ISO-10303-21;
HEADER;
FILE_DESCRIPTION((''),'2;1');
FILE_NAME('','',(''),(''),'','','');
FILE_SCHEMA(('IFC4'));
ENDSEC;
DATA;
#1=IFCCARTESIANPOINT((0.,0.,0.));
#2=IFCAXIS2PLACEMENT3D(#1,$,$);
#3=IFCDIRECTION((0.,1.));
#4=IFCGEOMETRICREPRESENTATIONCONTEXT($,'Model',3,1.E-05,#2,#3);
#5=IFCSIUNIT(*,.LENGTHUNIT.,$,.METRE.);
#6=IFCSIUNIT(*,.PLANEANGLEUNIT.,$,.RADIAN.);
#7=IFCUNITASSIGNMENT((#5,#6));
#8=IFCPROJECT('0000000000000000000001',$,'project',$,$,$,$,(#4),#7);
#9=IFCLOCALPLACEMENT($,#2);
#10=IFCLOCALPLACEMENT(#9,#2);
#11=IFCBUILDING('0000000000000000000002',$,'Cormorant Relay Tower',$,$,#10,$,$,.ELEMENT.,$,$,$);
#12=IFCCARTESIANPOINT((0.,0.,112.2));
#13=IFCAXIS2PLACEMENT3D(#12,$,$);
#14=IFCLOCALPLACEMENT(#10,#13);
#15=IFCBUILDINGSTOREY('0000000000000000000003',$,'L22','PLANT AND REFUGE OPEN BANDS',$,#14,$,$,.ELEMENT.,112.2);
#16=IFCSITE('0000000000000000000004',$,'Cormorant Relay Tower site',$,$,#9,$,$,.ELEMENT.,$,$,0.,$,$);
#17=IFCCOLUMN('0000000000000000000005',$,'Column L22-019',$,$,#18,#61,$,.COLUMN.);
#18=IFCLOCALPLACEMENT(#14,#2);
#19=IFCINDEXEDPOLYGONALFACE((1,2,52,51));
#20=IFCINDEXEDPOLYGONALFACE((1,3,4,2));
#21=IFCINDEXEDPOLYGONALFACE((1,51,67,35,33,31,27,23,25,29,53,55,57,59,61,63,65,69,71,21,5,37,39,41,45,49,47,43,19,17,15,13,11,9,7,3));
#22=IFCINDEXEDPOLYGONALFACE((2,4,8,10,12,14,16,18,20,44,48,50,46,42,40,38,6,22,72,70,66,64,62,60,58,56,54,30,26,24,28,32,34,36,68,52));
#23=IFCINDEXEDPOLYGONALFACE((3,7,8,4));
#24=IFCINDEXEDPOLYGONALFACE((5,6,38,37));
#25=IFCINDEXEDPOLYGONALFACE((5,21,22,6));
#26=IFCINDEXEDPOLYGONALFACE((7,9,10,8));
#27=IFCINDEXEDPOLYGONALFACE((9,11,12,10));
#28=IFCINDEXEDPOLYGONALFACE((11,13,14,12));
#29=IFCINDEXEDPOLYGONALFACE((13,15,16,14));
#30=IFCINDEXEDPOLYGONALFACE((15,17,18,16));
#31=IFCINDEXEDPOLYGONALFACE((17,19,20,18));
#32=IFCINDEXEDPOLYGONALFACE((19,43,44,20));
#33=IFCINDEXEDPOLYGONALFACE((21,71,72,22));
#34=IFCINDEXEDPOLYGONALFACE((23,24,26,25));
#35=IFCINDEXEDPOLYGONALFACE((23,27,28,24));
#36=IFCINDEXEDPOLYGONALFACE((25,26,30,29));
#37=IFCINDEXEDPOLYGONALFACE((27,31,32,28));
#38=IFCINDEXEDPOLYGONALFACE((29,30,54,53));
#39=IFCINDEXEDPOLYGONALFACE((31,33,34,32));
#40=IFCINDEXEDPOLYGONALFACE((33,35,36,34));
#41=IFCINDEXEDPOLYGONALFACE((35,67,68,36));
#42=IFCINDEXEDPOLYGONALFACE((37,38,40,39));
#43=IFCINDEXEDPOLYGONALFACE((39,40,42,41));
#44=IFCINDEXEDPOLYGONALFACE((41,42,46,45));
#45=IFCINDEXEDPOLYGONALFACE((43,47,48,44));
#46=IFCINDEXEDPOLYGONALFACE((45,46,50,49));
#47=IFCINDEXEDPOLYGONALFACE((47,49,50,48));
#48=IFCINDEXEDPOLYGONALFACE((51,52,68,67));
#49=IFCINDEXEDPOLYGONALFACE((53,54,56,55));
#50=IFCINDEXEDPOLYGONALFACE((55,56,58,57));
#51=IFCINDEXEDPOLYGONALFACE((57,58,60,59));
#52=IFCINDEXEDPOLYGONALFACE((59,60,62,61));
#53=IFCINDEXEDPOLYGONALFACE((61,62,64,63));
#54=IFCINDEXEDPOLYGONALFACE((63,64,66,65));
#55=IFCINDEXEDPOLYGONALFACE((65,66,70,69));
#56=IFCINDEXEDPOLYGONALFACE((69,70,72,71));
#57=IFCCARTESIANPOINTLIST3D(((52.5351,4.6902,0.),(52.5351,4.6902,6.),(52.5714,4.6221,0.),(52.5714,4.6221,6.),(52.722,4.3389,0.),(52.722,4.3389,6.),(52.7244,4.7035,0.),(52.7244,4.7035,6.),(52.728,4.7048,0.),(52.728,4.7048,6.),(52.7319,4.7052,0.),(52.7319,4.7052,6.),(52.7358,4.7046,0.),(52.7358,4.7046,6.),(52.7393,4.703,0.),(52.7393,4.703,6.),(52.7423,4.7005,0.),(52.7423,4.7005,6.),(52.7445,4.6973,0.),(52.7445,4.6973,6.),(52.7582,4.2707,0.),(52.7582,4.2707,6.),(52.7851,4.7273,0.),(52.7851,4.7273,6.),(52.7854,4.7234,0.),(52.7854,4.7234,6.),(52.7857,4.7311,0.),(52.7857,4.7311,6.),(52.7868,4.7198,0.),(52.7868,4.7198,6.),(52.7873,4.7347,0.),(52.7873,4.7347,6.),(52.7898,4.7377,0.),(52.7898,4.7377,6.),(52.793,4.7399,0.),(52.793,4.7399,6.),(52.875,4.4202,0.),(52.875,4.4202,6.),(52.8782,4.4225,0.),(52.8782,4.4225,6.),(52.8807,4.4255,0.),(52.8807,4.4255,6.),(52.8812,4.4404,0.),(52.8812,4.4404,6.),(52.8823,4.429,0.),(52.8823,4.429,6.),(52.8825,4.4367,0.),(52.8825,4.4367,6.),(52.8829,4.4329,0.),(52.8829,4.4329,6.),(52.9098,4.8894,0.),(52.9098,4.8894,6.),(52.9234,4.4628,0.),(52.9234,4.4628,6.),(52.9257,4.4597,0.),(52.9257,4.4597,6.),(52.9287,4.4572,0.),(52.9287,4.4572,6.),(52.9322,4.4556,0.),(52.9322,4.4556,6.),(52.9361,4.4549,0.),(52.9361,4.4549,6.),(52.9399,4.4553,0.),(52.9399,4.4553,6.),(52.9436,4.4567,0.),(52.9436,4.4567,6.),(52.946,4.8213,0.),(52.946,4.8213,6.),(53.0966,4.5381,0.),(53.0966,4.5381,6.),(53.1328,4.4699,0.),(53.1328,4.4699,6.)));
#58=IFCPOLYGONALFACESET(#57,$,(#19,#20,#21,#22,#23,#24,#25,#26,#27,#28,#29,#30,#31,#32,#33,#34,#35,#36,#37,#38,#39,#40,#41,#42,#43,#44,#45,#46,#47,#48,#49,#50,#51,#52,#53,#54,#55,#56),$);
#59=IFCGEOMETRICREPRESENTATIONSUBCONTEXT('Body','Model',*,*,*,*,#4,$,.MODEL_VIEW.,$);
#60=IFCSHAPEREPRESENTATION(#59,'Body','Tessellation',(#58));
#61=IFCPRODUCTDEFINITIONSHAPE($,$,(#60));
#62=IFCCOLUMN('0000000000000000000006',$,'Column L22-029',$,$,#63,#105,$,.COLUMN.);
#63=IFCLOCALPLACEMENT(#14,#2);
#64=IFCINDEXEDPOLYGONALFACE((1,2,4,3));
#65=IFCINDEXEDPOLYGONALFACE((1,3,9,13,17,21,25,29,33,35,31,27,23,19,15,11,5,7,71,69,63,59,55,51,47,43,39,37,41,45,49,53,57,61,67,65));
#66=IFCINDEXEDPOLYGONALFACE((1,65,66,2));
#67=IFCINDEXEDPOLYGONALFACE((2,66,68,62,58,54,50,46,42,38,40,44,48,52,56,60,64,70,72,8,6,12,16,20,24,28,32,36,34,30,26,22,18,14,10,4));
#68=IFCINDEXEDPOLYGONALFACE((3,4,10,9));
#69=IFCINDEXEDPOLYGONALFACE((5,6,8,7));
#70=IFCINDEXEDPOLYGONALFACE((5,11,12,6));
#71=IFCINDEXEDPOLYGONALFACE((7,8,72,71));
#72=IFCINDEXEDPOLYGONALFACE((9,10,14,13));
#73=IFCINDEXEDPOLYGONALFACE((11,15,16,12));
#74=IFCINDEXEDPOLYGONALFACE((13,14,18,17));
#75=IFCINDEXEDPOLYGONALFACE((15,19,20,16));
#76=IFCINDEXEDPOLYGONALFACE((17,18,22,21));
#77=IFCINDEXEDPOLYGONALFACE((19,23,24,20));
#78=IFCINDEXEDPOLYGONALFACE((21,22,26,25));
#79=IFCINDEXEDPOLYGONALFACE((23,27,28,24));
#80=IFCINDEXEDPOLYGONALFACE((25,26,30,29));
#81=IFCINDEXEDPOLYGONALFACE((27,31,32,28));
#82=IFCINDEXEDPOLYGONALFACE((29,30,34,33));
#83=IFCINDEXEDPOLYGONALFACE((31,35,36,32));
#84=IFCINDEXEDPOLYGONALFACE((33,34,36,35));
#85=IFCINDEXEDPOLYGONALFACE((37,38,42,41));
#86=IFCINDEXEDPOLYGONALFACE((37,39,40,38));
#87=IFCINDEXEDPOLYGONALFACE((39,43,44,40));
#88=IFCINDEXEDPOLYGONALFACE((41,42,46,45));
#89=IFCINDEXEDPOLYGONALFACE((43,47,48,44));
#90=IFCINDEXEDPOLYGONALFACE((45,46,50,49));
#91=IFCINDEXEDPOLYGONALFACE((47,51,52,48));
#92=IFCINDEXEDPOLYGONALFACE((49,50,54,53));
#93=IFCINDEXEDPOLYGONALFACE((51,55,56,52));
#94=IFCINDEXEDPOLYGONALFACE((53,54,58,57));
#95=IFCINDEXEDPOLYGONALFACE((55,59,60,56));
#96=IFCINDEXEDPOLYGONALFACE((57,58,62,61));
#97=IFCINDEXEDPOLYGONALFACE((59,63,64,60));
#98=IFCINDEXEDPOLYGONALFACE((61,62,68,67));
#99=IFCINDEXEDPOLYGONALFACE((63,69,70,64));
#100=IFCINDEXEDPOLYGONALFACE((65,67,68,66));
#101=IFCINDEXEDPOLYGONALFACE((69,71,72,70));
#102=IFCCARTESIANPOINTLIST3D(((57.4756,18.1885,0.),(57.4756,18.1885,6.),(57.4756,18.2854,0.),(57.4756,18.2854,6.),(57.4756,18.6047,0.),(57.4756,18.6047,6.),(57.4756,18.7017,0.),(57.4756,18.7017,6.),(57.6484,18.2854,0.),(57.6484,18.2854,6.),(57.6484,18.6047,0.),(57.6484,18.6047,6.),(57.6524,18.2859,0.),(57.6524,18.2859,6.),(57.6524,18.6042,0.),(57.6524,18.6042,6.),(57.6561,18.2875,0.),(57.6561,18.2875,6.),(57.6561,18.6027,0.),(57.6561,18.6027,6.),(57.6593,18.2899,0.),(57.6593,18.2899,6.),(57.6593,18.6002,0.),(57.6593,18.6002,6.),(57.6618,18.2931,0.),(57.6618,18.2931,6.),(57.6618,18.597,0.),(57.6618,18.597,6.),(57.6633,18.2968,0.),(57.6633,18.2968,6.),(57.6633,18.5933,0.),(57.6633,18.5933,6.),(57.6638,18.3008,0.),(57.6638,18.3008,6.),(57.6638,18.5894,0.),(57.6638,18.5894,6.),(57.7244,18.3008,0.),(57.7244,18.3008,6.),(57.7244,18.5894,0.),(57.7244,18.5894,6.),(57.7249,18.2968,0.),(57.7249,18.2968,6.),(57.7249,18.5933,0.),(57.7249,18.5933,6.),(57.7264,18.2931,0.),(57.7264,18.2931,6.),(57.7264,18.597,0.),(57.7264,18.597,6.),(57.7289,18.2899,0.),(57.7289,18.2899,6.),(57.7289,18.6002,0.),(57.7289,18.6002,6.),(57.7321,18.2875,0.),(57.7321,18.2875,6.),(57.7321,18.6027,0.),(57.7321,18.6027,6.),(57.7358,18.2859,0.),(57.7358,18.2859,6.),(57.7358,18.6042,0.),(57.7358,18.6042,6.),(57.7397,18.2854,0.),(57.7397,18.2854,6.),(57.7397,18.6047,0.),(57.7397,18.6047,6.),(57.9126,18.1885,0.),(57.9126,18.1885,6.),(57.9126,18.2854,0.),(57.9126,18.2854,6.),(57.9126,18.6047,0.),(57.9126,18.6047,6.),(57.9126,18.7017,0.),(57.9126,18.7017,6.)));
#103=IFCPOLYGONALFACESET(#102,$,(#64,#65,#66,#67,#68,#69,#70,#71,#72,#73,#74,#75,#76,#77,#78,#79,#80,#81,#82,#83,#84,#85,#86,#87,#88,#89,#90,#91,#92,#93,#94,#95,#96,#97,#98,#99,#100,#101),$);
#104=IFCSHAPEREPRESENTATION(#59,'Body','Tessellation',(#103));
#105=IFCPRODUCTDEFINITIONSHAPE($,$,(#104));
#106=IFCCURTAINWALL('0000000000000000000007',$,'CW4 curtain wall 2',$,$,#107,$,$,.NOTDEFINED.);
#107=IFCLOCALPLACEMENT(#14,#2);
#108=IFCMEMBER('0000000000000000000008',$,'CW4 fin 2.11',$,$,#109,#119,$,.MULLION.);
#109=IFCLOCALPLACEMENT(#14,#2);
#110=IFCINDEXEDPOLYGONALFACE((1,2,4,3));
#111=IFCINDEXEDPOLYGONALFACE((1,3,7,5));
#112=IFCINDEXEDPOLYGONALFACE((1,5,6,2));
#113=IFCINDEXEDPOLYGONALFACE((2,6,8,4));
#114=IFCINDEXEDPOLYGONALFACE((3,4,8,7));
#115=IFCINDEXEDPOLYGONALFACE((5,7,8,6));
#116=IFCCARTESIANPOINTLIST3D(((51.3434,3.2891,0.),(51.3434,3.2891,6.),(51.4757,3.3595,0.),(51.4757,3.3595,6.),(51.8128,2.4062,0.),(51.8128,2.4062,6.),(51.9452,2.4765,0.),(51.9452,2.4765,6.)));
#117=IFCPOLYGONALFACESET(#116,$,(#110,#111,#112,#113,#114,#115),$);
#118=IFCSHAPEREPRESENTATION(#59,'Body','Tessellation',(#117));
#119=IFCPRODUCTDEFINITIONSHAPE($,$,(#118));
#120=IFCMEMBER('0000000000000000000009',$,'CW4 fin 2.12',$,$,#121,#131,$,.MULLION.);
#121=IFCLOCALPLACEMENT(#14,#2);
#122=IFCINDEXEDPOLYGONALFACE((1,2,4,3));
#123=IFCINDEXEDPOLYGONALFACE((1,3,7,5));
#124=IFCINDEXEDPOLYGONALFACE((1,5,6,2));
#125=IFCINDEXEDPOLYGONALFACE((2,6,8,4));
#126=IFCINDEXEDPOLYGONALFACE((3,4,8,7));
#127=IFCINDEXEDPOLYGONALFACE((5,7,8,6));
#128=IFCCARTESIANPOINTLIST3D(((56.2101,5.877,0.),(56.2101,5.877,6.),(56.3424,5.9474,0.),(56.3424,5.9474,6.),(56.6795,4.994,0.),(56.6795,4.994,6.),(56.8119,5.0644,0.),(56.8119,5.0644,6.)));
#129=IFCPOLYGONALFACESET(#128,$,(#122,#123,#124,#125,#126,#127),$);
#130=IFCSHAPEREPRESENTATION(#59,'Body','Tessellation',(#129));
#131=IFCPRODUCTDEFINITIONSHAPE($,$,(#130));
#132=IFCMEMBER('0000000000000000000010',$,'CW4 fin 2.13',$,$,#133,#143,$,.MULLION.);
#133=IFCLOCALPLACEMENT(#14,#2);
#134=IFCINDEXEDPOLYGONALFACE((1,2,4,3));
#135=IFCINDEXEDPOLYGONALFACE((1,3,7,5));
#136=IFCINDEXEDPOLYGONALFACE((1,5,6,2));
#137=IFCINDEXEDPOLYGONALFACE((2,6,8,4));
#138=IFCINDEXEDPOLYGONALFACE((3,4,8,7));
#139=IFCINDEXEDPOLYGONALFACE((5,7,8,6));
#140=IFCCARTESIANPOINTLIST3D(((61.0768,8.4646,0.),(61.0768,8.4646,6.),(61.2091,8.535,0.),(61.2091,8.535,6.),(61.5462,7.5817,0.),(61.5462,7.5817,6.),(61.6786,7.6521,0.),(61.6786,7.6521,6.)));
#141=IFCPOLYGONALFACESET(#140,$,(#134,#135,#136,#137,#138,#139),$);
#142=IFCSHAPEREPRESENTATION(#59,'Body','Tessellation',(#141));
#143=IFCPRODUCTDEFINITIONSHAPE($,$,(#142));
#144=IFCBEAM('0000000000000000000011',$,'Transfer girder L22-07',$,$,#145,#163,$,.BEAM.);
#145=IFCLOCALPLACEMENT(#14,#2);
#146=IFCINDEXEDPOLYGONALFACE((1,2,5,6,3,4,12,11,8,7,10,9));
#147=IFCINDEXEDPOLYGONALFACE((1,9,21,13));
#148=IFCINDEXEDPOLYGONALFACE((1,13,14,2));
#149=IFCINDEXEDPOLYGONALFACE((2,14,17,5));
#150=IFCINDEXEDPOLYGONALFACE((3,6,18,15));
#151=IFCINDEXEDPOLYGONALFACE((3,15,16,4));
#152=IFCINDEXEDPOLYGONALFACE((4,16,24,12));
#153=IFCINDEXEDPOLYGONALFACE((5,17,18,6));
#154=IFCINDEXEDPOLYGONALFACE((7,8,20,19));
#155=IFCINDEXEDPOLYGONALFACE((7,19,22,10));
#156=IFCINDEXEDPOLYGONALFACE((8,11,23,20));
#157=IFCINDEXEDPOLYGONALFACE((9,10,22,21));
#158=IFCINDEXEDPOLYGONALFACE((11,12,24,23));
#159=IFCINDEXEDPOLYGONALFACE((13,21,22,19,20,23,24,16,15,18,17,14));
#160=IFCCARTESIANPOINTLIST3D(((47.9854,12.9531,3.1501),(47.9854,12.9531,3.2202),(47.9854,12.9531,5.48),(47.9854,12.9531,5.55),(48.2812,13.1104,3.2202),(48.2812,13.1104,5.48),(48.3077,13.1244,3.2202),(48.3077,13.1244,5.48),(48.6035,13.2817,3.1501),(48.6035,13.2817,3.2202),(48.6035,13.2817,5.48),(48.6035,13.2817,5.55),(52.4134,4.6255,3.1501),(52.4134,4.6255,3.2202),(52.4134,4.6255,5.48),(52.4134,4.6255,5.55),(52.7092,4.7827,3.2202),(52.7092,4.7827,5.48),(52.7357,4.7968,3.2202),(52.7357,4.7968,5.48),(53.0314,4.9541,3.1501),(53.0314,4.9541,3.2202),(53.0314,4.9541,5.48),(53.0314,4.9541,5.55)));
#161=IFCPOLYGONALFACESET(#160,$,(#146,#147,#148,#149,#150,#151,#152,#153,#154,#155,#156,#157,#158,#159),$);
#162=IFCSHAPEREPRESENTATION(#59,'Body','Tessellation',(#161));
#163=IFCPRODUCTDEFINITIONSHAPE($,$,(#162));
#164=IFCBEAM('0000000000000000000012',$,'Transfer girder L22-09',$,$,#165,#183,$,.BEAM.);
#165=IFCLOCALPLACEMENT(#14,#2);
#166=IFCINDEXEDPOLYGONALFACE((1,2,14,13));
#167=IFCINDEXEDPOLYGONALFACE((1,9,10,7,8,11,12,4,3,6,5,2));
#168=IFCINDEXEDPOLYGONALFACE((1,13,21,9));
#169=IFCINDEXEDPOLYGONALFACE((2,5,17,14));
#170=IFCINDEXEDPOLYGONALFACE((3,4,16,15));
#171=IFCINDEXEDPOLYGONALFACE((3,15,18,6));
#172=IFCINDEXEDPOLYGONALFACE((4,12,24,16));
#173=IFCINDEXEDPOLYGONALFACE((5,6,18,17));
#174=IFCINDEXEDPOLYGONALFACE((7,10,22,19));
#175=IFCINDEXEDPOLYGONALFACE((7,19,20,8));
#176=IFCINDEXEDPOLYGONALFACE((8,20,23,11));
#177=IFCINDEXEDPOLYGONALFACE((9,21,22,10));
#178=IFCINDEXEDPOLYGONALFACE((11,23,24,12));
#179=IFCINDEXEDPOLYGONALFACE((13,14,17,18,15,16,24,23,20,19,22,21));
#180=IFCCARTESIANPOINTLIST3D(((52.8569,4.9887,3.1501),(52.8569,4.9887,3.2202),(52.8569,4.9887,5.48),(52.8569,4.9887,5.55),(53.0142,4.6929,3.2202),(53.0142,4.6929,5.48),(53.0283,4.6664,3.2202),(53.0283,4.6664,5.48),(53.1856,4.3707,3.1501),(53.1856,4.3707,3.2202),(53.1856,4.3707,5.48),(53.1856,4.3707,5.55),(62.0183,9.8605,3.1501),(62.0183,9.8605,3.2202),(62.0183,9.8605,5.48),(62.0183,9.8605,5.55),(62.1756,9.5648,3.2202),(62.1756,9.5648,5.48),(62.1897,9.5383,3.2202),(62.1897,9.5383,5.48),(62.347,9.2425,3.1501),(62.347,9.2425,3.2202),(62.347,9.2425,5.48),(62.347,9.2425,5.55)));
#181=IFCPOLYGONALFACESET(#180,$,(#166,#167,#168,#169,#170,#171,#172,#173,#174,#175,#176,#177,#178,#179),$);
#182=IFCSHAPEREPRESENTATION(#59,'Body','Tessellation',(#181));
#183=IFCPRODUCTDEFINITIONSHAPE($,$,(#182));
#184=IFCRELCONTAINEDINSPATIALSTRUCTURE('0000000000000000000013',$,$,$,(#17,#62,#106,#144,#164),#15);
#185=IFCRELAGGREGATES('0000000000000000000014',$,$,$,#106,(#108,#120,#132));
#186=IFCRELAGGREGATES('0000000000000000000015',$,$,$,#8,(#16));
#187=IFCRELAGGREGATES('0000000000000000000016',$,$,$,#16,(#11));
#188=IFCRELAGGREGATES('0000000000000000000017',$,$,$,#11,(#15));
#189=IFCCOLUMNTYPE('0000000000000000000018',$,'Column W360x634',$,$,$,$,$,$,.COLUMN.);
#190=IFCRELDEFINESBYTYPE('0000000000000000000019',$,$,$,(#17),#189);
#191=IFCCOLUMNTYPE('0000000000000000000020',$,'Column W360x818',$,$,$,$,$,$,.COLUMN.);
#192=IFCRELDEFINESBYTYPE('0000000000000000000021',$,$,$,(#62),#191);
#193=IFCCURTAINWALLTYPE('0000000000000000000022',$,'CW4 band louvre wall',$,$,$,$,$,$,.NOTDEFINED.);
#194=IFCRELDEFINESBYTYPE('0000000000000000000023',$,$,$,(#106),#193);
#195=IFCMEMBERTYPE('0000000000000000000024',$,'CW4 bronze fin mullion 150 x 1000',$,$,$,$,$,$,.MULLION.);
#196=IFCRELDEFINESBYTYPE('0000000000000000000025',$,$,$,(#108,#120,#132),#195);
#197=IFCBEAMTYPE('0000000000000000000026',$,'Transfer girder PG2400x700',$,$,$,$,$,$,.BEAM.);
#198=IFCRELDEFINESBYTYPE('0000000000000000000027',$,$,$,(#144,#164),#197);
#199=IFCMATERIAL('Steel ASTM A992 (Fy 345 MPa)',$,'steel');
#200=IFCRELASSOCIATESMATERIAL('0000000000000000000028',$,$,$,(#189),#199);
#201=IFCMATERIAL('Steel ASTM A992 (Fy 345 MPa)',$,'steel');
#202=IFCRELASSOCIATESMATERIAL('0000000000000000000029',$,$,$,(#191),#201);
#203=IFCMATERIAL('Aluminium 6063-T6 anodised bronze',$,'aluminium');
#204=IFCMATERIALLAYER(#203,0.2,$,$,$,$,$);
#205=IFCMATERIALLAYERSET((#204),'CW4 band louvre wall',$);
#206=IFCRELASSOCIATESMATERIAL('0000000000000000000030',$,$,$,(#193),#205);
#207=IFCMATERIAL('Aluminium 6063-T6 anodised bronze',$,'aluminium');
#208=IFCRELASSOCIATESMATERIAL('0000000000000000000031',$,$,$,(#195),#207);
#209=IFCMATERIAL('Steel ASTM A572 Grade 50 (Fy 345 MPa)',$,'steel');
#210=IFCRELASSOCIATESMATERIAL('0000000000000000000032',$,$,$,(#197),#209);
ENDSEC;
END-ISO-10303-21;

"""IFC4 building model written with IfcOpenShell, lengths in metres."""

from ifc_helpers import new_model, si_unit, direction, frame, origin, origin_2d, place, context, subcontext, project, spatial, rectangle, i_section, extrude, material, layer, layer_set, material_profile, profile_set, type_object, element, aggregate, save


model = new_model("IFC4")

# Units and contexts
model_context = context("Model", 3, precision=1e-05, world=origin(), true_north=direction((0.0, 1.0)))
body_context = subcontext(model_context, "Body", "Model", "MODEL_VIEW")
ifc_project = project(units=[si_unit("LENGTHUNIT", "METRE"), si_unit("PLANEANGLEUNIT", "RADIAN")], contexts=[model_context])

# Site, building, storey
site_placement = place(None, origin())
site = spatial("IfcSite", under=ifc_project, at=site_placement, Name="Cormorant Relay Tower site", CompositionType="ELEMENT", RefElevation=0.0)
building_placement = place(site_placement, origin())
building = spatial("IfcBuilding", under=site, at=building_placement, Name="Cormorant Relay Tower", CompositionType="ELEMENT")
storey_placement = place(building_placement, frame((0.0, 0.0, 112.2)))
storey = spatial("IfcBuildingStorey", under=building, at=storey_placement, Name="L22", Description="PLANT AND REFUGE OPEN BANDS", CompositionType="ELEMENT", Elevation=112.2)

# Columns
ifc_material_1 = material(Name="Steel ASTM A992 (Fy 345 MPa)", Category="steel")
ifc_material_profile_1 = material_profile(ifc_material_1, i_section(OverallWidth=0.4243, OverallDepth=0.4751, WebThickness=0.0479, FlangeThickness=0.0771, FilletRadius=0.0149, at=origin_2d()), Name="W360x634")
ifc_profile_set_1 = profile_set([ifc_material_profile_1], Name="Steel ASTM A992 (Fy 345 MPa)")
column_type_1 = type_object("IfcColumnType", Name="Column W360x634", PredefinedType="COLUMN", material=ifc_profile_set_1)
column_1_placement = place(storey_placement, frame((52.834, 4.5801, 0.0), z_axis=(0.0, 0.0, 1.0), x_axis=(0.882948, 0.469472, 0.0)))
element("IfcColumn", 1, at=column_1_placement, inside=storey, type_object=column_type_1, Name="Column L22-019", PredefinedType="COLUMN", context=body_context, shape_type="SweptSolid", body=[
    extrude(i_section(OverallWidth=0.4243, OverallDepth=0.4751, WebThickness=0.0479, FlangeThickness=0.0771, FilletRadius=0.0149, at=origin_2d()), origin(), (0.0, 0.0, 1.0), 6.0),
])
ifc_material_2 = material(Name="Steel ASTM A992 (Fy 345 MPa)", Category="steel")
ifc_material_profile_2 = material_profile(ifc_material_2, i_section(OverallWidth=0.437, OverallDepth=0.5132, WebThickness=0.0605, FlangeThickness=0.0969, FilletRadius=0.0154, at=origin_2d()), Name="W360x818")
ifc_profile_set_2 = profile_set([ifc_material_profile_2], Name="Steel ASTM A992 (Fy 345 MPa)")
column_type_2 = type_object("IfcColumnType", Name="Column W360x818", PredefinedType="COLUMN", material=ifc_profile_set_2)
column_2_placement = place(storey_placement, frame((57.6941, 18.4451, 0.0), z_axis=(0.0, 0.0, 1.0), x_axis=(1.0, 0.0, 0.0)))
element("IfcColumn", 2, at=column_2_placement, inside=storey, type_object=column_type_2, Name="Column L22-029", PredefinedType="COLUMN", context=body_context, shape_type="SweptSolid", body=[
    extrude(i_section(OverallWidth=0.437, OverallDepth=0.5132, WebThickness=0.0605, FlangeThickness=0.0969, FilletRadius=0.0154, at=origin_2d()), origin(), (0.0, 0.0, 1.0), 6.0),
])

# Curtain wall, members
ifc_material_3 = material(Name="Aluminium 6063-T6 anodised bronze", Category="aluminium")
ifc_layer_1 = layer(ifc_material_3, 0.2)
ifc_layer_set_1 = layer_set([ifc_layer_1], Name="CW4 band louvre wall")
curtain_wall_type = type_object("IfcCurtainWallType", Name="CW4 band louvre wall", PredefinedType="NOTDEFINED", material=ifc_layer_set_1)
curtain_wall_placement = place(storey_placement, origin())
curtain_wall = element("IfcCurtainWall", 3, at=curtain_wall_placement, inside=storey, type_object=curtain_wall_type, Name="CW4 curtain wall 2", PredefinedType="NOTDEFINED")
ifc_material_4 = material(Name="Aluminium 6063-T6 anodised bronze", Category="aluminium")
ifc_material_profile_3 = material_profile(ifc_material_4, rectangle(XDim=0.1499, YDim=1.0, at=origin_2d()), Name="AL 150x1000")
ifc_profile_set_3 = profile_set([ifc_material_profile_3], Name="Aluminium 6063-T6 anodised bronze")
member_type = type_object("IfcMemberType", Name="CW4 bronze fin mullion 150 x 1000", PredefinedType="MULLION", material=ifc_profile_set_3)
member_1_placement = place(storey_placement, frame((51.6443, 2.8828, 0.0), z_axis=(0.0, 0.0, 1.0), x_axis=(0.882948, 0.469472, 0.0)))
member_1 = element("IfcMember", 4, at=member_1_placement, type_object=member_type, Name="CW4 fin 2.11", PredefinedType="MULLION", context=body_context, shape_type="SweptSolid", body=[
    extrude(rectangle(XDim=0.1499, YDim=1.0, at=origin_2d()), origin(), (0.0, 0.0, 1.0), 6.0),
])
member_2_placement = place(storey_placement, frame((56.511, 5.4707, 0.0), z_axis=(0.0, 0.0, 1.0), x_axis=(0.882948, 0.469472, 0.0)))
member_2 = element("IfcMember", 5, at=member_2_placement, type_object=member_type, Name="CW4 fin 2.12", PredefinedType="MULLION", context=body_context, shape_type="SweptSolid", body=[
    extrude(rectangle(XDim=0.1499, YDim=1.0, at=origin_2d()), origin(), (0.0, 0.0, 1.0), 6.0),
])
member_3_placement = place(storey_placement, frame((61.3777, 8.0583, 0.0), z_axis=(0.0, 0.0, 1.0), x_axis=(0.882948, 0.469472, 0.0)))
member_3 = element("IfcMember", 6, at=member_3_placement, type_object=member_type, Name="CW4 fin 2.13", PredefinedType="MULLION", context=body_context, shape_type="SweptSolid", body=[
    extrude(rectangle(XDim=0.1499, YDim=1.0, at=origin_2d()), origin(), (0.0, 0.0, 1.0), 6.0),
])

# Beams
ifc_material_5 = material(Name="Steel ASTM A572 Grade 50 (Fy 345 MPa)", Category="steel")
ifc_material_profile_4 = material_profile(ifc_material_5, i_section(OverallWidth=0.7, OverallDepth=2.3999, WebThickness=0.03, FlangeThickness=0.0701, at=origin_2d()), Name="PG2400x700")
ifc_profile_set_4 = profile_set([ifc_material_profile_4], Name="Steel ASTM A572 Grade 50 (Fy 345 MPa)")
beam_type = type_object("IfcBeamType", Name="Transfer girder PG2400x700", PredefinedType="BEAM", material=ifc_profile_set_4)
beam_1_placement = place(storey_placement, frame((52.7224, 4.7898, 4.3501), z_axis=(-0.469479, 0.882943, 0.0), x_axis=(-0.882943, -0.469479, 0.0)))
element("IfcBeam", 7, at=beam_1_placement, inside=storey, type_object=beam_type, Name="Transfer girder L22-07", PredefinedType="BEAM", context=body_context, shape_type="SweptSolid", body=[
    extrude(i_section(OverallWidth=0.7, OverallDepth=2.3999, WebThickness=0.03, FlangeThickness=0.0701, at=origin_2d()), origin(), (0.0, 0.0, 1.0), 9.4316),
])
beam_2_placement = place(storey_placement, frame((53.0212, 4.6797, 4.3501), z_axis=(0.882922, 0.469519, 0.0), x_axis=(-0.469519, 0.882922, 0.0)))
element("IfcBeam", 8, at=beam_2_placement, inside=storey, type_object=beam_type, Name="Transfer girder L22-09", PredefinedType="BEAM", context=body_context, shape_type="SweptSolid", body=[
    extrude(i_section(OverallWidth=0.7, OverallDepth=2.3999, WebThickness=0.03, FlangeThickness=0.0701, at=origin_2d()), origin(), (0.0, 0.0, 1.0), 10.3762),
])

aggregate(curtain_wall, [member_1, member_2, member_3])

save(model, "model.ifc")
